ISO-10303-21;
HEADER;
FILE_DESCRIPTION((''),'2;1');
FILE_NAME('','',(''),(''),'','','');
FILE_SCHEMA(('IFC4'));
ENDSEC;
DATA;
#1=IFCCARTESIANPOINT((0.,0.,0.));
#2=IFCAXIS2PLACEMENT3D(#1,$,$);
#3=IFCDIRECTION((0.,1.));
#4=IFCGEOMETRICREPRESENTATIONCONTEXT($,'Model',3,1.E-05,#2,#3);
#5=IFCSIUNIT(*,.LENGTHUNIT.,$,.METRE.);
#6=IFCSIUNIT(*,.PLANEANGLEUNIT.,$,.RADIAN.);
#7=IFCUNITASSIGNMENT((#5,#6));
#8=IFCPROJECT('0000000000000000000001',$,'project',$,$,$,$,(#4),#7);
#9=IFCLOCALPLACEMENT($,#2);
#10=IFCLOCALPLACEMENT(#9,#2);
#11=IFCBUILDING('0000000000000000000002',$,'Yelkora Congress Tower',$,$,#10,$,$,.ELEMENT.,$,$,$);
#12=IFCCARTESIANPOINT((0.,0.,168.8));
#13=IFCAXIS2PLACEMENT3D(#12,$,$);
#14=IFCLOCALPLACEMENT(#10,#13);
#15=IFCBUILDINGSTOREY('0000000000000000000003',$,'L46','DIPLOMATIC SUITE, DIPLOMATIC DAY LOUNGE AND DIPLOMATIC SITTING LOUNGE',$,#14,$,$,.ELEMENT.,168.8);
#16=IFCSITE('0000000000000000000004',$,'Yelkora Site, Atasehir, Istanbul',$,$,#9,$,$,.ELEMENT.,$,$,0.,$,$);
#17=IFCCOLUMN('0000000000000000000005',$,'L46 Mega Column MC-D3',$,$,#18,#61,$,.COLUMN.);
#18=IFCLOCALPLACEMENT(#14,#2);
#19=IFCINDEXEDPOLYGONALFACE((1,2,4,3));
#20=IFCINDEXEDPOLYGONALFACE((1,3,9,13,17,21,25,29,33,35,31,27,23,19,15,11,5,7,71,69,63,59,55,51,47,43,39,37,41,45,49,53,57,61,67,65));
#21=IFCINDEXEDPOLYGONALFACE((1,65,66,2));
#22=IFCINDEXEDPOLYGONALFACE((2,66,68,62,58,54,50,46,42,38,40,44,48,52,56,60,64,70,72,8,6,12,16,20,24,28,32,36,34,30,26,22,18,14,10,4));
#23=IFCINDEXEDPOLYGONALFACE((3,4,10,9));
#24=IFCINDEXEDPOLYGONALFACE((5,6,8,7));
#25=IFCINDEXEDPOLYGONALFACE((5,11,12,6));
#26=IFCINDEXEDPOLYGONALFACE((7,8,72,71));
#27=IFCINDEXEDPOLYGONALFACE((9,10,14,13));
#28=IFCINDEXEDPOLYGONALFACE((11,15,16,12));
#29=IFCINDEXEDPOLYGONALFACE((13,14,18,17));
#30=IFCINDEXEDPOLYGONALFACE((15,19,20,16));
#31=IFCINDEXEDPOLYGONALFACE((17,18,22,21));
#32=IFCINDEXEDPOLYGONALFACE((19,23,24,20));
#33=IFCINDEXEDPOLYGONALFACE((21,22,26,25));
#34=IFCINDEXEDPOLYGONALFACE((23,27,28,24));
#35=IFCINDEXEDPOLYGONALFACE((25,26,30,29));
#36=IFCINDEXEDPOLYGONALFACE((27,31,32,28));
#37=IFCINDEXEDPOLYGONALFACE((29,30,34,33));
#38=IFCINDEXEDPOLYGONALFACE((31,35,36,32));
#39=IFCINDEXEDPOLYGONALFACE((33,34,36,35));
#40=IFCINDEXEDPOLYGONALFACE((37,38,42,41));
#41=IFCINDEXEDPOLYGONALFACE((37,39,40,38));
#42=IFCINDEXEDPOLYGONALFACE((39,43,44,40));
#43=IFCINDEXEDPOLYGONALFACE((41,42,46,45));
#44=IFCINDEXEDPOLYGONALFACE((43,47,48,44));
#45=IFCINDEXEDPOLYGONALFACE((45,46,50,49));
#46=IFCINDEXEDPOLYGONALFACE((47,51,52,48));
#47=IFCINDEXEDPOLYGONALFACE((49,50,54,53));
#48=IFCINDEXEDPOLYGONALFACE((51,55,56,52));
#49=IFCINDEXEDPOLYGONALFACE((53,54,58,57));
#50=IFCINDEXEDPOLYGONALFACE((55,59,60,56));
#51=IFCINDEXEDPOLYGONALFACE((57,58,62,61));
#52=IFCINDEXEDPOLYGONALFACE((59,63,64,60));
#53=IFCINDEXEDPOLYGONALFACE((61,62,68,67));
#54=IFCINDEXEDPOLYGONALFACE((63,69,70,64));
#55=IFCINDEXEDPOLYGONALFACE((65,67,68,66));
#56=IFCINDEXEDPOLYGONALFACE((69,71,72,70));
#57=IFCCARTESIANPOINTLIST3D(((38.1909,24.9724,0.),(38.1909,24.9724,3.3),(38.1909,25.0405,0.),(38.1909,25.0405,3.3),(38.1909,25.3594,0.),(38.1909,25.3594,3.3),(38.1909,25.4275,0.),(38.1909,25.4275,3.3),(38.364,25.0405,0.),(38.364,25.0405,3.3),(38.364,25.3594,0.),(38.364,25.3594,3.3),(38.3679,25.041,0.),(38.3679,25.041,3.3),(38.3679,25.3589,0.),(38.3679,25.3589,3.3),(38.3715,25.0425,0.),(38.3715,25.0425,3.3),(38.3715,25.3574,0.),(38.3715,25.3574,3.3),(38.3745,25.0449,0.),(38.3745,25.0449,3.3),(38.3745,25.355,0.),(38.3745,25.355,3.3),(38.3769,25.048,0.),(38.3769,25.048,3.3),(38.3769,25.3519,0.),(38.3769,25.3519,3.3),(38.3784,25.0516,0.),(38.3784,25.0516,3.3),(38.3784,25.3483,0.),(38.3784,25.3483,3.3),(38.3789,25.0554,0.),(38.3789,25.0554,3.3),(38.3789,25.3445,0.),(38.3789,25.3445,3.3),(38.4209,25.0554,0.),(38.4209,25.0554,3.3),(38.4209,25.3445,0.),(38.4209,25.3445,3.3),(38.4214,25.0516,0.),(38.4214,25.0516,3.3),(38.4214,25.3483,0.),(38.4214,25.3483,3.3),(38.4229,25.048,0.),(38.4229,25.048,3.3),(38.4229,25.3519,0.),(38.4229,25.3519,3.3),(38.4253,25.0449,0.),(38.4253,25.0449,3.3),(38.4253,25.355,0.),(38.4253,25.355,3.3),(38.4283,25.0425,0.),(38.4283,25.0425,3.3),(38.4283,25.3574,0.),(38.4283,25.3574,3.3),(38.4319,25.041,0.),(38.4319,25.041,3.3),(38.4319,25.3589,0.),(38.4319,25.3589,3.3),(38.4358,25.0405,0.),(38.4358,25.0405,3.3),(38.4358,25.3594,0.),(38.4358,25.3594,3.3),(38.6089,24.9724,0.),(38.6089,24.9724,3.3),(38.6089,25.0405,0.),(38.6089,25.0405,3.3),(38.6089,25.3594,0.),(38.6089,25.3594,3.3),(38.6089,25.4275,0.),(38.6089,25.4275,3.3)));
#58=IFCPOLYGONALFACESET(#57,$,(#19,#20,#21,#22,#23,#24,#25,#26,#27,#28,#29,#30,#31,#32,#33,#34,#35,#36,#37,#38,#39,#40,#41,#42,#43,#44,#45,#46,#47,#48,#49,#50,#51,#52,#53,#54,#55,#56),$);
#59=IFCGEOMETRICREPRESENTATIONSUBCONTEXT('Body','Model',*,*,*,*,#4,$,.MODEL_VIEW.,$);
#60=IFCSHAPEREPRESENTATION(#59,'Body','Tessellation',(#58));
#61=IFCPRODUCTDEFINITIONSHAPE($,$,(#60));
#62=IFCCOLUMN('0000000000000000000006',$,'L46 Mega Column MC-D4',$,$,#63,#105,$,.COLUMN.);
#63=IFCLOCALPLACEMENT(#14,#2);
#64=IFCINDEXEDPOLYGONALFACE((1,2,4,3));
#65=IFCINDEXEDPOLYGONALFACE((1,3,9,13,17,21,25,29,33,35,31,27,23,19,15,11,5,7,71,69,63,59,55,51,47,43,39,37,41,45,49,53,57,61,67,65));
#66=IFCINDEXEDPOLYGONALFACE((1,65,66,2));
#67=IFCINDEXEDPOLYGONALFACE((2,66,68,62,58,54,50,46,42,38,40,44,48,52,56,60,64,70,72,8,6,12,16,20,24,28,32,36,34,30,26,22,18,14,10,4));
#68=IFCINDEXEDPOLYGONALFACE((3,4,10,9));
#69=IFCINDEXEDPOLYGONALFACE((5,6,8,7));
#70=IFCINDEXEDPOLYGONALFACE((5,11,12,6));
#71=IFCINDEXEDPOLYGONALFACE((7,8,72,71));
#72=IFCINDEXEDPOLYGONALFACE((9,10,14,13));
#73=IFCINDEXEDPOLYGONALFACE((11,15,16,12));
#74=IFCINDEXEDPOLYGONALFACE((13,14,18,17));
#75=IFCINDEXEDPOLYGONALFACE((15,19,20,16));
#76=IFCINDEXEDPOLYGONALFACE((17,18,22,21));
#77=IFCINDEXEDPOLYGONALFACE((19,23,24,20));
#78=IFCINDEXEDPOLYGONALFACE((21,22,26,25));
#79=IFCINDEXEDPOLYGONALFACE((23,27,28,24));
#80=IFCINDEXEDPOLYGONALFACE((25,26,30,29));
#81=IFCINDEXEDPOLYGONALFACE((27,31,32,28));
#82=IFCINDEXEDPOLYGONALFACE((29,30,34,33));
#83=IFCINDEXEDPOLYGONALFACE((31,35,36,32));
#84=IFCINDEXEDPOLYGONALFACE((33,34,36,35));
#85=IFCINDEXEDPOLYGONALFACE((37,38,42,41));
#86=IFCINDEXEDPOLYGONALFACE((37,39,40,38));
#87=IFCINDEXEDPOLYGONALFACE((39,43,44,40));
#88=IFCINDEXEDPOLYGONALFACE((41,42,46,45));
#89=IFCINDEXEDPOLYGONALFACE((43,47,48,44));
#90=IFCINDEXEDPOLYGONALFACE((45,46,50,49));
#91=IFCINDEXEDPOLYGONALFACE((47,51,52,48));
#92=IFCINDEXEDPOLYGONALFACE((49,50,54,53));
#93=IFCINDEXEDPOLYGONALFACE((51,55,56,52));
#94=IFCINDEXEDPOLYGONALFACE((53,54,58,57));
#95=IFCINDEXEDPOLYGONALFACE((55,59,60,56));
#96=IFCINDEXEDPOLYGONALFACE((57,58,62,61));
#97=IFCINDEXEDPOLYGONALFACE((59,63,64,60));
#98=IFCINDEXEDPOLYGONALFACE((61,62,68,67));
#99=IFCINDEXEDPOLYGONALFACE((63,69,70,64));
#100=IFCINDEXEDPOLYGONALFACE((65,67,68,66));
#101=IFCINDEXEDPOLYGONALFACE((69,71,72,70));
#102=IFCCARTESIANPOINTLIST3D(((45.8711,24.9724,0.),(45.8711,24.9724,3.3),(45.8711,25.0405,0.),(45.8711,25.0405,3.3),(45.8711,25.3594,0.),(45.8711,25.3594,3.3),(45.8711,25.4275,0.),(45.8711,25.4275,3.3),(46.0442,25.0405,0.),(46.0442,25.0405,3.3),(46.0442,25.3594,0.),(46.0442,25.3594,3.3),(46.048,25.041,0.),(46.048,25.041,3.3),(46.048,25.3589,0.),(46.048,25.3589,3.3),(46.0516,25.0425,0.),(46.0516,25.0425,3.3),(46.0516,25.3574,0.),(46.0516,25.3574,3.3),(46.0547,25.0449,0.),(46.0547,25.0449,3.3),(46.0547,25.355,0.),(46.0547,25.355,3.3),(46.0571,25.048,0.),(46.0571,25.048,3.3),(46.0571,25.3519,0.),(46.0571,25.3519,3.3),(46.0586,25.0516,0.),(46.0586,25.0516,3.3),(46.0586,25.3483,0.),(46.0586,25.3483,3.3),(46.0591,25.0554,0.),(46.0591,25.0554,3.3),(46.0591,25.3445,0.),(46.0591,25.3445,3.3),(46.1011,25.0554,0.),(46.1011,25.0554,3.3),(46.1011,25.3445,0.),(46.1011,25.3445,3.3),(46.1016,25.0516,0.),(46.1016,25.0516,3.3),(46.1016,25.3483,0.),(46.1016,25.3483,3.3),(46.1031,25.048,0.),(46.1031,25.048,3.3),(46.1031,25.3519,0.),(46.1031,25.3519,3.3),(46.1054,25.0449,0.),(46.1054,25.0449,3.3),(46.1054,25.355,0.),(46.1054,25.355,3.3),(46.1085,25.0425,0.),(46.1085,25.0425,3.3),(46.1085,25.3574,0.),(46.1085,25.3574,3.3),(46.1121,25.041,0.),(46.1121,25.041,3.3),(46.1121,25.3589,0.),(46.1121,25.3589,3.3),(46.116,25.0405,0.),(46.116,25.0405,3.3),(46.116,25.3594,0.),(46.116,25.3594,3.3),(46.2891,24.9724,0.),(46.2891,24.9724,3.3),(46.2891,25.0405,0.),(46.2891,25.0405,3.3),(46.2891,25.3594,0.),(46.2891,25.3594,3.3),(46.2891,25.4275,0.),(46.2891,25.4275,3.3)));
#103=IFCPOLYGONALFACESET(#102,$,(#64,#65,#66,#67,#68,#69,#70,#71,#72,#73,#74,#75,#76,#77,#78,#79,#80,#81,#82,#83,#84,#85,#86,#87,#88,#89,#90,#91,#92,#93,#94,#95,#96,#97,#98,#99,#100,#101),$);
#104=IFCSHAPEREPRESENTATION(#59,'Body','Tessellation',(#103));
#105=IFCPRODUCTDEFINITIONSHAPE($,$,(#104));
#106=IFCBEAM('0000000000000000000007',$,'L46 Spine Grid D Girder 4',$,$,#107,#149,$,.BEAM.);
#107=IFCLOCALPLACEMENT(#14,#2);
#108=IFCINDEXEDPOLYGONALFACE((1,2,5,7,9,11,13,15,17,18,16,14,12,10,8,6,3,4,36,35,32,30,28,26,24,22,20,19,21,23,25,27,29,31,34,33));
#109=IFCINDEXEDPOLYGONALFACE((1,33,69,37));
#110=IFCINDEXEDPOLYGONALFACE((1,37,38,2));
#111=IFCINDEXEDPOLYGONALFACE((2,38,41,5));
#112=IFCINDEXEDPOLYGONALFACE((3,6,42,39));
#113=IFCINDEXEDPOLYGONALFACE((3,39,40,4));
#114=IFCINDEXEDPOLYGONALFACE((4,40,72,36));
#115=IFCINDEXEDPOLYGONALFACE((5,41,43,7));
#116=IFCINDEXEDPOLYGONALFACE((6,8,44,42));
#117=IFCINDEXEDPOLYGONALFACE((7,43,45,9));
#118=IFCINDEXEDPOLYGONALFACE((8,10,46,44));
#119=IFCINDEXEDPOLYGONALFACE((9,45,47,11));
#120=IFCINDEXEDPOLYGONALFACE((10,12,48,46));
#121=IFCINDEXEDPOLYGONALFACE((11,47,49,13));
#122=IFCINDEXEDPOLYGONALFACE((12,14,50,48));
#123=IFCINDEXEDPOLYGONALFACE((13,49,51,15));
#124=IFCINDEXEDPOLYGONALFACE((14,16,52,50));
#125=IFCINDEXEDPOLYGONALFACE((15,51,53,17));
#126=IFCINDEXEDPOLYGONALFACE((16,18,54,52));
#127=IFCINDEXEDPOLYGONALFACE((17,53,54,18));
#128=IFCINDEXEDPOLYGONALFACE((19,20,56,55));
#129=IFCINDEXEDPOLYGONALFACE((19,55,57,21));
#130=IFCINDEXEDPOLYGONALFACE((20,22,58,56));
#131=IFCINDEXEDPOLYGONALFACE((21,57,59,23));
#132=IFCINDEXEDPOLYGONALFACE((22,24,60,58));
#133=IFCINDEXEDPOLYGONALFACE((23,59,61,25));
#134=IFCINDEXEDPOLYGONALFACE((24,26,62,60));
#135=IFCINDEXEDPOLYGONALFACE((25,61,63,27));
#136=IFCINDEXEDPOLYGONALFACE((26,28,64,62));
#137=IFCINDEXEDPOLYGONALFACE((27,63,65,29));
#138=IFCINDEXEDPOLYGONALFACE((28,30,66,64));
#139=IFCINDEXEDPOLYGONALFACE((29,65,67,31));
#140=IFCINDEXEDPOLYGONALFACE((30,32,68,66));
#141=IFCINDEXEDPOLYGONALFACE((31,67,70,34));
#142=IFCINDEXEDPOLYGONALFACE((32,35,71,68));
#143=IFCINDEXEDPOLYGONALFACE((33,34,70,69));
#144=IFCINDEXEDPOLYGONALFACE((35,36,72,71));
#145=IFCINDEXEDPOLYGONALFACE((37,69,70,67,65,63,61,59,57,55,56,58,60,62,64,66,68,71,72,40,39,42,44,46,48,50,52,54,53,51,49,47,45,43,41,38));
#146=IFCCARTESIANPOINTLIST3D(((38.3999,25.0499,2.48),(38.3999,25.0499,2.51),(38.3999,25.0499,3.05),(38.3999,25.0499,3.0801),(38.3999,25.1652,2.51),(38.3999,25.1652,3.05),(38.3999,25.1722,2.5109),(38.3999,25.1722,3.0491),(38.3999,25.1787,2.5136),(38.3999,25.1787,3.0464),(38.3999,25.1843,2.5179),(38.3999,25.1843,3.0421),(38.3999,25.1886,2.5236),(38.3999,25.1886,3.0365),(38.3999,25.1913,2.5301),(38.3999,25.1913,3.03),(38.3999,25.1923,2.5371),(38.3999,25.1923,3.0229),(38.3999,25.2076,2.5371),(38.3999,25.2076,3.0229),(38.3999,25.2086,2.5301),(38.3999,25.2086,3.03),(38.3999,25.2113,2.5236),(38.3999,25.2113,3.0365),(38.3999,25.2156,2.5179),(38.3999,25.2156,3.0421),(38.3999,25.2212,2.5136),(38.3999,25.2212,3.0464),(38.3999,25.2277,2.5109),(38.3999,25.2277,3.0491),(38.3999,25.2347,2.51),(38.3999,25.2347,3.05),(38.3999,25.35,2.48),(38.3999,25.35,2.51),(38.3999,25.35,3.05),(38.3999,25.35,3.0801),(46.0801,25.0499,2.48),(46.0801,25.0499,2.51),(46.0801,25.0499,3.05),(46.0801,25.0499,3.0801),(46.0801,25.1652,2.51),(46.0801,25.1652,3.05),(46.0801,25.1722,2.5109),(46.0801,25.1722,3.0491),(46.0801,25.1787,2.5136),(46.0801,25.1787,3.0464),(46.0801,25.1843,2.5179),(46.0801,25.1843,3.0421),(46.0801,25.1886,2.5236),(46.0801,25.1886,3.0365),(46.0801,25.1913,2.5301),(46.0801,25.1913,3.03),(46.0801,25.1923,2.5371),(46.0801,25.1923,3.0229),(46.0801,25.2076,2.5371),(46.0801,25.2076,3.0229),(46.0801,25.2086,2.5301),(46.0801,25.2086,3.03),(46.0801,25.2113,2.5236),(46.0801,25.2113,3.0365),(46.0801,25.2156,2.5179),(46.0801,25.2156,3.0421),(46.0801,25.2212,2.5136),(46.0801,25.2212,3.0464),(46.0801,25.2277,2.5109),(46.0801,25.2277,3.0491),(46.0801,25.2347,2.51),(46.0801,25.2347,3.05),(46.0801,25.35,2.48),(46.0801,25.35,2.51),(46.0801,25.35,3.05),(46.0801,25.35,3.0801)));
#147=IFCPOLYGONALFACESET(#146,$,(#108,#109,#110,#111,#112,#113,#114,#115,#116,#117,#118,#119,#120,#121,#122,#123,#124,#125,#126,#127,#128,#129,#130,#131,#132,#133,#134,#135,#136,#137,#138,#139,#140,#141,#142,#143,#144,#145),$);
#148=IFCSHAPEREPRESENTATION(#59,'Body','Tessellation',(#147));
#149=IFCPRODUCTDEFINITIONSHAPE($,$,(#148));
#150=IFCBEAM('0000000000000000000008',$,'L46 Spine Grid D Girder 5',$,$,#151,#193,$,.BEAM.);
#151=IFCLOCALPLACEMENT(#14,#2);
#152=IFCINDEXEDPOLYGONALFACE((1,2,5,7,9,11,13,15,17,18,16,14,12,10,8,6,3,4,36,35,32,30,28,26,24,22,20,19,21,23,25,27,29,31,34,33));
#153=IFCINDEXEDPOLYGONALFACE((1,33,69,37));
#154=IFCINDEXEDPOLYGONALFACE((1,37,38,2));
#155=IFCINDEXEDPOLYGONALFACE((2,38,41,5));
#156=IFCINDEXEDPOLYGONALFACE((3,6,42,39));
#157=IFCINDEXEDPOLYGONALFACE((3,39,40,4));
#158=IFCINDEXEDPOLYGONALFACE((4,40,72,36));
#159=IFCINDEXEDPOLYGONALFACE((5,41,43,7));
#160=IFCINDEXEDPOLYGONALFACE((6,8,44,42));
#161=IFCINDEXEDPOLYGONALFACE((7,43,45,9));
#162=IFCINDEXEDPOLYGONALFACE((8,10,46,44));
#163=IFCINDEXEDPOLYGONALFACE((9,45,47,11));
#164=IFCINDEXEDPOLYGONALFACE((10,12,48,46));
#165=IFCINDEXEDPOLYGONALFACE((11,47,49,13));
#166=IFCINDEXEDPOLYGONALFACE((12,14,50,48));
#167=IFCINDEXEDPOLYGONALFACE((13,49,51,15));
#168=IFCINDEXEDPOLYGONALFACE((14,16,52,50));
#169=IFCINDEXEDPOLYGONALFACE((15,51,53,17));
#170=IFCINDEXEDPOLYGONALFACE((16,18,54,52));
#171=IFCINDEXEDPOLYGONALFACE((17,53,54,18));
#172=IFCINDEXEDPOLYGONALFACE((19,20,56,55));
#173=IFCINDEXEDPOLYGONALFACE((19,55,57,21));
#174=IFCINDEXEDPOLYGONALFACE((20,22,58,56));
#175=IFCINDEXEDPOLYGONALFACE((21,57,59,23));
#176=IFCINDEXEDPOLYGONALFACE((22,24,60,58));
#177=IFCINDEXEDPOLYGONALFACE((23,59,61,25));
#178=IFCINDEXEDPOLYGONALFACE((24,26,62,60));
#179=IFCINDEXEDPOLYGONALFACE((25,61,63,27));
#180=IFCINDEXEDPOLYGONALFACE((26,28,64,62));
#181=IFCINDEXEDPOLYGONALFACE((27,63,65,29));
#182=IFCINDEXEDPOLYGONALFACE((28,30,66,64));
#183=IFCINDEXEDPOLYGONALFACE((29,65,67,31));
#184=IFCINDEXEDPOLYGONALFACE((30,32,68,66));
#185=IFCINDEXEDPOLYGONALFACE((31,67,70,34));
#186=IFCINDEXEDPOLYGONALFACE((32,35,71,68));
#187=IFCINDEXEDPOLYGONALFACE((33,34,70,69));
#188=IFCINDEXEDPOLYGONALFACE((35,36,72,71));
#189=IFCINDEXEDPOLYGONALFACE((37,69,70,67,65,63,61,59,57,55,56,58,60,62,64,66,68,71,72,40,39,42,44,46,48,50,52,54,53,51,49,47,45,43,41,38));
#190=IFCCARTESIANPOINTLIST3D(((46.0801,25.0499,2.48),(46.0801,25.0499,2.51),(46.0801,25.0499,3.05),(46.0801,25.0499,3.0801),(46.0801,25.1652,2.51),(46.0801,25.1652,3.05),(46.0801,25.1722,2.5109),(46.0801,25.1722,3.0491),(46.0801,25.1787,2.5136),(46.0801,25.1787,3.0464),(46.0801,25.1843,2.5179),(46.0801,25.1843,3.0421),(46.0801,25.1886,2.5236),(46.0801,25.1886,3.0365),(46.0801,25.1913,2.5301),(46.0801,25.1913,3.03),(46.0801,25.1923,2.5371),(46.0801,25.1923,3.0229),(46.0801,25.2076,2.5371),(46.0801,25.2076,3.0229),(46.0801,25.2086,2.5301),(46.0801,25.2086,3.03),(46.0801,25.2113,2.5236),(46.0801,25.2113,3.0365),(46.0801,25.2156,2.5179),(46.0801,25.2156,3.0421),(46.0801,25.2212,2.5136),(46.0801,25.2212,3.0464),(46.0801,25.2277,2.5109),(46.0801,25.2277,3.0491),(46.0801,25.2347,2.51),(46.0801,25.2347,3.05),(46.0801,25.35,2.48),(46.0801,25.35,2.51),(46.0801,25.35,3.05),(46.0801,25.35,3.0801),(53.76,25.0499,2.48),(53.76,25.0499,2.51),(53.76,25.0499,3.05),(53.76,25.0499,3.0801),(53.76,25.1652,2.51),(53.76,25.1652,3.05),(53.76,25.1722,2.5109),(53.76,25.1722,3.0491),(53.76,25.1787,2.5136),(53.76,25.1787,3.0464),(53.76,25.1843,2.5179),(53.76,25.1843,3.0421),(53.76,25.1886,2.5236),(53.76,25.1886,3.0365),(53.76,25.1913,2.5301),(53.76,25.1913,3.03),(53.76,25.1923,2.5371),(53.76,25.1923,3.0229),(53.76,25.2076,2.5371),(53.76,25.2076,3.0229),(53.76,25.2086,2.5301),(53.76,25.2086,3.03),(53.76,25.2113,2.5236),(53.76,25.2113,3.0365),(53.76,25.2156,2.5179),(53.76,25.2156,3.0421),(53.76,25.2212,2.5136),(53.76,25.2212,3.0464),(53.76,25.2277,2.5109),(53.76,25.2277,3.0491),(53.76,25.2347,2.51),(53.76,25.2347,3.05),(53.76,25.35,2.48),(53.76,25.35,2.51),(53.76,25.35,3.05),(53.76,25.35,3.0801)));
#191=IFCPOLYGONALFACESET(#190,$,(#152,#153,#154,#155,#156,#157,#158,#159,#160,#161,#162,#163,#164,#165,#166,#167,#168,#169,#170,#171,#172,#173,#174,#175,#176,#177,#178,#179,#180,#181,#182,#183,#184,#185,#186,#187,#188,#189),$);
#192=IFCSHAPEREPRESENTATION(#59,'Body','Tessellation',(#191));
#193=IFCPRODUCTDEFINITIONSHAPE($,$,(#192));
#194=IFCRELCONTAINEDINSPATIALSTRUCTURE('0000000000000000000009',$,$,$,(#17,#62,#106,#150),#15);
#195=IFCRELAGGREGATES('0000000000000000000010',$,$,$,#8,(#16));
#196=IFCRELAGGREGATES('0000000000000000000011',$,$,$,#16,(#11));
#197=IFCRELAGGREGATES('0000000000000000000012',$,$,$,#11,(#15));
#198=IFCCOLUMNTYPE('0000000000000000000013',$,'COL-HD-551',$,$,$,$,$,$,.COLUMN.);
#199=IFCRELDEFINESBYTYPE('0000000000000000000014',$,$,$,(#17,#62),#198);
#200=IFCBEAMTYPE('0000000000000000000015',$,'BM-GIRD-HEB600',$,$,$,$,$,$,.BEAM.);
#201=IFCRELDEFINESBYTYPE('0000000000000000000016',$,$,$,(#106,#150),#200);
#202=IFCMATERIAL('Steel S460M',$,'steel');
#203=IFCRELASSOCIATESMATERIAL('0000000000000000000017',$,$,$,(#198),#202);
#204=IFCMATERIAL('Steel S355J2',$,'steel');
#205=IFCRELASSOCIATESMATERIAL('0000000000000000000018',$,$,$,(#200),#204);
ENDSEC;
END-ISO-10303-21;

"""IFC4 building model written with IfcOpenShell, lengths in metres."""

from ifc_helpers import new_model, si_unit, direction, frame, origin, origin_2d, place, context, subcontext, project, spatial, i_section, extrude, material, material_profile, profile_set, type_object, element, save


model = new_model("IFC4")

# Units and contexts
model_context = context("Model", 3, precision=1e-05, world=origin(), true_north=direction((0.0, 1.0)))
body_context = subcontext(model_context, "Body", "Model", "MODEL_VIEW")
ifc_project = project(units=[si_unit("LENGTHUNIT", "METRE"), si_unit("PLANEANGLEUNIT", "RADIAN")], contexts=[model_context])

# Site, building, storey
site_placement = place(None, origin())
site = spatial("IfcSite", under=ifc_project, at=site_placement, Name="Yelkora Site, Atasehir, Istanbul", CompositionType="ELEMENT", RefElevation=0.0)
building_placement = place(site_placement, origin())
building = spatial("IfcBuilding", under=site, at=building_placement, Name="Yelkora Congress Tower", CompositionType="ELEMENT")
storey_placement = place(building_placement, frame((0.0, 0.0, 168.8)))
storey = spatial("IfcBuildingStorey", under=building, at=storey_placement, Name="L46", Description="DIPLOMATIC SUITE, DIPLOMATIC DAY LOUNGE AND DIPLOMATIC SITTING LOUNGE", CompositionType="ELEMENT", Elevation=168.8)

# Columns
ifc_material_1 = material(Name="Steel S460M", Category="steel")
ifc_material_profile_1 = material_profile(ifc_material_1, i_section(OverallWidth=0.418, OverallDepth=0.4551, WebThickness=0.042, FlangeThickness=0.0681, FilletRadius=0.0149, at=origin_2d()), Name="HD 400x551")
ifc_profile_set_1 = profile_set([ifc_material_profile_1], Name="Steel S460M")
column_type = type_object("IfcColumnType", Name="COL-HD-551", PredefinedType="COLUMN", material=ifc_profile_set_1)
for number, where, z_axis, x_axis, name in (
    (1, (38.3999, 25.2, 0.0), (0.0, 0.0, 1.0), (1.0, 0.0, 0.0), "L46 Mega Column MC-D3"),
    (2, (46.0801, 25.2, 0.0), (0.0, 0.0, 1.0), (1.0, 0.0, 0.0), "L46 Mega Column MC-D4"),
):
    element("IfcColumn", number, at=place(storey_placement, frame(where, z_axis=z_axis, x_axis=x_axis)), inside=storey, type_object=column_type, Name=name, PredefinedType="COLUMN", context=body_context, shape_type="SweptSolid", body=[
        extrude(i_section(OverallWidth=0.418, OverallDepth=0.4551, WebThickness=0.042, FlangeThickness=0.0681, FilletRadius=0.0149, at=origin_2d()), origin(), (0.0, 0.0, 1.0), 3.3),
    ])

# Beams
ifc_material_2 = material(Name="Steel S355J2", Category="steel")
ifc_material_profile_2 = material_profile(ifc_material_2, i_section(OverallWidth=0.3, OverallDepth=0.6001, WebThickness=0.0154, FlangeThickness=0.03, FilletRadius=0.0271, at=origin_2d()), Name="HEB 600")
ifc_profile_set_2 = profile_set([ifc_material_profile_2], Name="Steel S355J2")
beam_type_1 = type_object("IfcBeamType", Name="BM-GIRD-HEB600", PredefinedType="BEAM", material=ifc_profile_set_2)
beam_1_placement = place(storey_placement, frame((38.3999, 25.2, 2.78), z_axis=(1.0, 0.0, 0.0), x_axis=(0.0, 1.0, 0.0)))
element("IfcBeam", 3, at=beam_1_placement, inside=storey, type_object=beam_type_1, Name="L46 Spine Grid D Girder 4", PredefinedType="BEAM", context=body_context, shape_type="SweptSolid", body=[
    extrude(i_section(OverallWidth=0.3, OverallDepth=0.6001, WebThickness=0.0154, FlangeThickness=0.03, FilletRadius=0.0271, at=origin_2d()), origin(), (0.0, 0.0, 1.0), 7.6802),
])
beam_2_placement = place(storey_placement, frame((46.0801, 25.2, 2.78), z_axis=(1.0, 0.0, 0.0), x_axis=(0.0, 1.0, 0.0)))
element("IfcBeam", 4, at=beam_2_placement, inside=storey, type_object=beam_type_1, Name="L46 Spine Grid D Girder 5", PredefinedType="BEAM", context=body_context, shape_type="SweptSolid", body=[
    extrude(i_section(OverallWidth=0.3, OverallDepth=0.6001, WebThickness=0.0154, FlangeThickness=0.03, FilletRadius=0.0271, at=origin_2d()), origin(), (0.0, 0.0, 1.0), 7.6799),
])

save(model, "model.ifc")
